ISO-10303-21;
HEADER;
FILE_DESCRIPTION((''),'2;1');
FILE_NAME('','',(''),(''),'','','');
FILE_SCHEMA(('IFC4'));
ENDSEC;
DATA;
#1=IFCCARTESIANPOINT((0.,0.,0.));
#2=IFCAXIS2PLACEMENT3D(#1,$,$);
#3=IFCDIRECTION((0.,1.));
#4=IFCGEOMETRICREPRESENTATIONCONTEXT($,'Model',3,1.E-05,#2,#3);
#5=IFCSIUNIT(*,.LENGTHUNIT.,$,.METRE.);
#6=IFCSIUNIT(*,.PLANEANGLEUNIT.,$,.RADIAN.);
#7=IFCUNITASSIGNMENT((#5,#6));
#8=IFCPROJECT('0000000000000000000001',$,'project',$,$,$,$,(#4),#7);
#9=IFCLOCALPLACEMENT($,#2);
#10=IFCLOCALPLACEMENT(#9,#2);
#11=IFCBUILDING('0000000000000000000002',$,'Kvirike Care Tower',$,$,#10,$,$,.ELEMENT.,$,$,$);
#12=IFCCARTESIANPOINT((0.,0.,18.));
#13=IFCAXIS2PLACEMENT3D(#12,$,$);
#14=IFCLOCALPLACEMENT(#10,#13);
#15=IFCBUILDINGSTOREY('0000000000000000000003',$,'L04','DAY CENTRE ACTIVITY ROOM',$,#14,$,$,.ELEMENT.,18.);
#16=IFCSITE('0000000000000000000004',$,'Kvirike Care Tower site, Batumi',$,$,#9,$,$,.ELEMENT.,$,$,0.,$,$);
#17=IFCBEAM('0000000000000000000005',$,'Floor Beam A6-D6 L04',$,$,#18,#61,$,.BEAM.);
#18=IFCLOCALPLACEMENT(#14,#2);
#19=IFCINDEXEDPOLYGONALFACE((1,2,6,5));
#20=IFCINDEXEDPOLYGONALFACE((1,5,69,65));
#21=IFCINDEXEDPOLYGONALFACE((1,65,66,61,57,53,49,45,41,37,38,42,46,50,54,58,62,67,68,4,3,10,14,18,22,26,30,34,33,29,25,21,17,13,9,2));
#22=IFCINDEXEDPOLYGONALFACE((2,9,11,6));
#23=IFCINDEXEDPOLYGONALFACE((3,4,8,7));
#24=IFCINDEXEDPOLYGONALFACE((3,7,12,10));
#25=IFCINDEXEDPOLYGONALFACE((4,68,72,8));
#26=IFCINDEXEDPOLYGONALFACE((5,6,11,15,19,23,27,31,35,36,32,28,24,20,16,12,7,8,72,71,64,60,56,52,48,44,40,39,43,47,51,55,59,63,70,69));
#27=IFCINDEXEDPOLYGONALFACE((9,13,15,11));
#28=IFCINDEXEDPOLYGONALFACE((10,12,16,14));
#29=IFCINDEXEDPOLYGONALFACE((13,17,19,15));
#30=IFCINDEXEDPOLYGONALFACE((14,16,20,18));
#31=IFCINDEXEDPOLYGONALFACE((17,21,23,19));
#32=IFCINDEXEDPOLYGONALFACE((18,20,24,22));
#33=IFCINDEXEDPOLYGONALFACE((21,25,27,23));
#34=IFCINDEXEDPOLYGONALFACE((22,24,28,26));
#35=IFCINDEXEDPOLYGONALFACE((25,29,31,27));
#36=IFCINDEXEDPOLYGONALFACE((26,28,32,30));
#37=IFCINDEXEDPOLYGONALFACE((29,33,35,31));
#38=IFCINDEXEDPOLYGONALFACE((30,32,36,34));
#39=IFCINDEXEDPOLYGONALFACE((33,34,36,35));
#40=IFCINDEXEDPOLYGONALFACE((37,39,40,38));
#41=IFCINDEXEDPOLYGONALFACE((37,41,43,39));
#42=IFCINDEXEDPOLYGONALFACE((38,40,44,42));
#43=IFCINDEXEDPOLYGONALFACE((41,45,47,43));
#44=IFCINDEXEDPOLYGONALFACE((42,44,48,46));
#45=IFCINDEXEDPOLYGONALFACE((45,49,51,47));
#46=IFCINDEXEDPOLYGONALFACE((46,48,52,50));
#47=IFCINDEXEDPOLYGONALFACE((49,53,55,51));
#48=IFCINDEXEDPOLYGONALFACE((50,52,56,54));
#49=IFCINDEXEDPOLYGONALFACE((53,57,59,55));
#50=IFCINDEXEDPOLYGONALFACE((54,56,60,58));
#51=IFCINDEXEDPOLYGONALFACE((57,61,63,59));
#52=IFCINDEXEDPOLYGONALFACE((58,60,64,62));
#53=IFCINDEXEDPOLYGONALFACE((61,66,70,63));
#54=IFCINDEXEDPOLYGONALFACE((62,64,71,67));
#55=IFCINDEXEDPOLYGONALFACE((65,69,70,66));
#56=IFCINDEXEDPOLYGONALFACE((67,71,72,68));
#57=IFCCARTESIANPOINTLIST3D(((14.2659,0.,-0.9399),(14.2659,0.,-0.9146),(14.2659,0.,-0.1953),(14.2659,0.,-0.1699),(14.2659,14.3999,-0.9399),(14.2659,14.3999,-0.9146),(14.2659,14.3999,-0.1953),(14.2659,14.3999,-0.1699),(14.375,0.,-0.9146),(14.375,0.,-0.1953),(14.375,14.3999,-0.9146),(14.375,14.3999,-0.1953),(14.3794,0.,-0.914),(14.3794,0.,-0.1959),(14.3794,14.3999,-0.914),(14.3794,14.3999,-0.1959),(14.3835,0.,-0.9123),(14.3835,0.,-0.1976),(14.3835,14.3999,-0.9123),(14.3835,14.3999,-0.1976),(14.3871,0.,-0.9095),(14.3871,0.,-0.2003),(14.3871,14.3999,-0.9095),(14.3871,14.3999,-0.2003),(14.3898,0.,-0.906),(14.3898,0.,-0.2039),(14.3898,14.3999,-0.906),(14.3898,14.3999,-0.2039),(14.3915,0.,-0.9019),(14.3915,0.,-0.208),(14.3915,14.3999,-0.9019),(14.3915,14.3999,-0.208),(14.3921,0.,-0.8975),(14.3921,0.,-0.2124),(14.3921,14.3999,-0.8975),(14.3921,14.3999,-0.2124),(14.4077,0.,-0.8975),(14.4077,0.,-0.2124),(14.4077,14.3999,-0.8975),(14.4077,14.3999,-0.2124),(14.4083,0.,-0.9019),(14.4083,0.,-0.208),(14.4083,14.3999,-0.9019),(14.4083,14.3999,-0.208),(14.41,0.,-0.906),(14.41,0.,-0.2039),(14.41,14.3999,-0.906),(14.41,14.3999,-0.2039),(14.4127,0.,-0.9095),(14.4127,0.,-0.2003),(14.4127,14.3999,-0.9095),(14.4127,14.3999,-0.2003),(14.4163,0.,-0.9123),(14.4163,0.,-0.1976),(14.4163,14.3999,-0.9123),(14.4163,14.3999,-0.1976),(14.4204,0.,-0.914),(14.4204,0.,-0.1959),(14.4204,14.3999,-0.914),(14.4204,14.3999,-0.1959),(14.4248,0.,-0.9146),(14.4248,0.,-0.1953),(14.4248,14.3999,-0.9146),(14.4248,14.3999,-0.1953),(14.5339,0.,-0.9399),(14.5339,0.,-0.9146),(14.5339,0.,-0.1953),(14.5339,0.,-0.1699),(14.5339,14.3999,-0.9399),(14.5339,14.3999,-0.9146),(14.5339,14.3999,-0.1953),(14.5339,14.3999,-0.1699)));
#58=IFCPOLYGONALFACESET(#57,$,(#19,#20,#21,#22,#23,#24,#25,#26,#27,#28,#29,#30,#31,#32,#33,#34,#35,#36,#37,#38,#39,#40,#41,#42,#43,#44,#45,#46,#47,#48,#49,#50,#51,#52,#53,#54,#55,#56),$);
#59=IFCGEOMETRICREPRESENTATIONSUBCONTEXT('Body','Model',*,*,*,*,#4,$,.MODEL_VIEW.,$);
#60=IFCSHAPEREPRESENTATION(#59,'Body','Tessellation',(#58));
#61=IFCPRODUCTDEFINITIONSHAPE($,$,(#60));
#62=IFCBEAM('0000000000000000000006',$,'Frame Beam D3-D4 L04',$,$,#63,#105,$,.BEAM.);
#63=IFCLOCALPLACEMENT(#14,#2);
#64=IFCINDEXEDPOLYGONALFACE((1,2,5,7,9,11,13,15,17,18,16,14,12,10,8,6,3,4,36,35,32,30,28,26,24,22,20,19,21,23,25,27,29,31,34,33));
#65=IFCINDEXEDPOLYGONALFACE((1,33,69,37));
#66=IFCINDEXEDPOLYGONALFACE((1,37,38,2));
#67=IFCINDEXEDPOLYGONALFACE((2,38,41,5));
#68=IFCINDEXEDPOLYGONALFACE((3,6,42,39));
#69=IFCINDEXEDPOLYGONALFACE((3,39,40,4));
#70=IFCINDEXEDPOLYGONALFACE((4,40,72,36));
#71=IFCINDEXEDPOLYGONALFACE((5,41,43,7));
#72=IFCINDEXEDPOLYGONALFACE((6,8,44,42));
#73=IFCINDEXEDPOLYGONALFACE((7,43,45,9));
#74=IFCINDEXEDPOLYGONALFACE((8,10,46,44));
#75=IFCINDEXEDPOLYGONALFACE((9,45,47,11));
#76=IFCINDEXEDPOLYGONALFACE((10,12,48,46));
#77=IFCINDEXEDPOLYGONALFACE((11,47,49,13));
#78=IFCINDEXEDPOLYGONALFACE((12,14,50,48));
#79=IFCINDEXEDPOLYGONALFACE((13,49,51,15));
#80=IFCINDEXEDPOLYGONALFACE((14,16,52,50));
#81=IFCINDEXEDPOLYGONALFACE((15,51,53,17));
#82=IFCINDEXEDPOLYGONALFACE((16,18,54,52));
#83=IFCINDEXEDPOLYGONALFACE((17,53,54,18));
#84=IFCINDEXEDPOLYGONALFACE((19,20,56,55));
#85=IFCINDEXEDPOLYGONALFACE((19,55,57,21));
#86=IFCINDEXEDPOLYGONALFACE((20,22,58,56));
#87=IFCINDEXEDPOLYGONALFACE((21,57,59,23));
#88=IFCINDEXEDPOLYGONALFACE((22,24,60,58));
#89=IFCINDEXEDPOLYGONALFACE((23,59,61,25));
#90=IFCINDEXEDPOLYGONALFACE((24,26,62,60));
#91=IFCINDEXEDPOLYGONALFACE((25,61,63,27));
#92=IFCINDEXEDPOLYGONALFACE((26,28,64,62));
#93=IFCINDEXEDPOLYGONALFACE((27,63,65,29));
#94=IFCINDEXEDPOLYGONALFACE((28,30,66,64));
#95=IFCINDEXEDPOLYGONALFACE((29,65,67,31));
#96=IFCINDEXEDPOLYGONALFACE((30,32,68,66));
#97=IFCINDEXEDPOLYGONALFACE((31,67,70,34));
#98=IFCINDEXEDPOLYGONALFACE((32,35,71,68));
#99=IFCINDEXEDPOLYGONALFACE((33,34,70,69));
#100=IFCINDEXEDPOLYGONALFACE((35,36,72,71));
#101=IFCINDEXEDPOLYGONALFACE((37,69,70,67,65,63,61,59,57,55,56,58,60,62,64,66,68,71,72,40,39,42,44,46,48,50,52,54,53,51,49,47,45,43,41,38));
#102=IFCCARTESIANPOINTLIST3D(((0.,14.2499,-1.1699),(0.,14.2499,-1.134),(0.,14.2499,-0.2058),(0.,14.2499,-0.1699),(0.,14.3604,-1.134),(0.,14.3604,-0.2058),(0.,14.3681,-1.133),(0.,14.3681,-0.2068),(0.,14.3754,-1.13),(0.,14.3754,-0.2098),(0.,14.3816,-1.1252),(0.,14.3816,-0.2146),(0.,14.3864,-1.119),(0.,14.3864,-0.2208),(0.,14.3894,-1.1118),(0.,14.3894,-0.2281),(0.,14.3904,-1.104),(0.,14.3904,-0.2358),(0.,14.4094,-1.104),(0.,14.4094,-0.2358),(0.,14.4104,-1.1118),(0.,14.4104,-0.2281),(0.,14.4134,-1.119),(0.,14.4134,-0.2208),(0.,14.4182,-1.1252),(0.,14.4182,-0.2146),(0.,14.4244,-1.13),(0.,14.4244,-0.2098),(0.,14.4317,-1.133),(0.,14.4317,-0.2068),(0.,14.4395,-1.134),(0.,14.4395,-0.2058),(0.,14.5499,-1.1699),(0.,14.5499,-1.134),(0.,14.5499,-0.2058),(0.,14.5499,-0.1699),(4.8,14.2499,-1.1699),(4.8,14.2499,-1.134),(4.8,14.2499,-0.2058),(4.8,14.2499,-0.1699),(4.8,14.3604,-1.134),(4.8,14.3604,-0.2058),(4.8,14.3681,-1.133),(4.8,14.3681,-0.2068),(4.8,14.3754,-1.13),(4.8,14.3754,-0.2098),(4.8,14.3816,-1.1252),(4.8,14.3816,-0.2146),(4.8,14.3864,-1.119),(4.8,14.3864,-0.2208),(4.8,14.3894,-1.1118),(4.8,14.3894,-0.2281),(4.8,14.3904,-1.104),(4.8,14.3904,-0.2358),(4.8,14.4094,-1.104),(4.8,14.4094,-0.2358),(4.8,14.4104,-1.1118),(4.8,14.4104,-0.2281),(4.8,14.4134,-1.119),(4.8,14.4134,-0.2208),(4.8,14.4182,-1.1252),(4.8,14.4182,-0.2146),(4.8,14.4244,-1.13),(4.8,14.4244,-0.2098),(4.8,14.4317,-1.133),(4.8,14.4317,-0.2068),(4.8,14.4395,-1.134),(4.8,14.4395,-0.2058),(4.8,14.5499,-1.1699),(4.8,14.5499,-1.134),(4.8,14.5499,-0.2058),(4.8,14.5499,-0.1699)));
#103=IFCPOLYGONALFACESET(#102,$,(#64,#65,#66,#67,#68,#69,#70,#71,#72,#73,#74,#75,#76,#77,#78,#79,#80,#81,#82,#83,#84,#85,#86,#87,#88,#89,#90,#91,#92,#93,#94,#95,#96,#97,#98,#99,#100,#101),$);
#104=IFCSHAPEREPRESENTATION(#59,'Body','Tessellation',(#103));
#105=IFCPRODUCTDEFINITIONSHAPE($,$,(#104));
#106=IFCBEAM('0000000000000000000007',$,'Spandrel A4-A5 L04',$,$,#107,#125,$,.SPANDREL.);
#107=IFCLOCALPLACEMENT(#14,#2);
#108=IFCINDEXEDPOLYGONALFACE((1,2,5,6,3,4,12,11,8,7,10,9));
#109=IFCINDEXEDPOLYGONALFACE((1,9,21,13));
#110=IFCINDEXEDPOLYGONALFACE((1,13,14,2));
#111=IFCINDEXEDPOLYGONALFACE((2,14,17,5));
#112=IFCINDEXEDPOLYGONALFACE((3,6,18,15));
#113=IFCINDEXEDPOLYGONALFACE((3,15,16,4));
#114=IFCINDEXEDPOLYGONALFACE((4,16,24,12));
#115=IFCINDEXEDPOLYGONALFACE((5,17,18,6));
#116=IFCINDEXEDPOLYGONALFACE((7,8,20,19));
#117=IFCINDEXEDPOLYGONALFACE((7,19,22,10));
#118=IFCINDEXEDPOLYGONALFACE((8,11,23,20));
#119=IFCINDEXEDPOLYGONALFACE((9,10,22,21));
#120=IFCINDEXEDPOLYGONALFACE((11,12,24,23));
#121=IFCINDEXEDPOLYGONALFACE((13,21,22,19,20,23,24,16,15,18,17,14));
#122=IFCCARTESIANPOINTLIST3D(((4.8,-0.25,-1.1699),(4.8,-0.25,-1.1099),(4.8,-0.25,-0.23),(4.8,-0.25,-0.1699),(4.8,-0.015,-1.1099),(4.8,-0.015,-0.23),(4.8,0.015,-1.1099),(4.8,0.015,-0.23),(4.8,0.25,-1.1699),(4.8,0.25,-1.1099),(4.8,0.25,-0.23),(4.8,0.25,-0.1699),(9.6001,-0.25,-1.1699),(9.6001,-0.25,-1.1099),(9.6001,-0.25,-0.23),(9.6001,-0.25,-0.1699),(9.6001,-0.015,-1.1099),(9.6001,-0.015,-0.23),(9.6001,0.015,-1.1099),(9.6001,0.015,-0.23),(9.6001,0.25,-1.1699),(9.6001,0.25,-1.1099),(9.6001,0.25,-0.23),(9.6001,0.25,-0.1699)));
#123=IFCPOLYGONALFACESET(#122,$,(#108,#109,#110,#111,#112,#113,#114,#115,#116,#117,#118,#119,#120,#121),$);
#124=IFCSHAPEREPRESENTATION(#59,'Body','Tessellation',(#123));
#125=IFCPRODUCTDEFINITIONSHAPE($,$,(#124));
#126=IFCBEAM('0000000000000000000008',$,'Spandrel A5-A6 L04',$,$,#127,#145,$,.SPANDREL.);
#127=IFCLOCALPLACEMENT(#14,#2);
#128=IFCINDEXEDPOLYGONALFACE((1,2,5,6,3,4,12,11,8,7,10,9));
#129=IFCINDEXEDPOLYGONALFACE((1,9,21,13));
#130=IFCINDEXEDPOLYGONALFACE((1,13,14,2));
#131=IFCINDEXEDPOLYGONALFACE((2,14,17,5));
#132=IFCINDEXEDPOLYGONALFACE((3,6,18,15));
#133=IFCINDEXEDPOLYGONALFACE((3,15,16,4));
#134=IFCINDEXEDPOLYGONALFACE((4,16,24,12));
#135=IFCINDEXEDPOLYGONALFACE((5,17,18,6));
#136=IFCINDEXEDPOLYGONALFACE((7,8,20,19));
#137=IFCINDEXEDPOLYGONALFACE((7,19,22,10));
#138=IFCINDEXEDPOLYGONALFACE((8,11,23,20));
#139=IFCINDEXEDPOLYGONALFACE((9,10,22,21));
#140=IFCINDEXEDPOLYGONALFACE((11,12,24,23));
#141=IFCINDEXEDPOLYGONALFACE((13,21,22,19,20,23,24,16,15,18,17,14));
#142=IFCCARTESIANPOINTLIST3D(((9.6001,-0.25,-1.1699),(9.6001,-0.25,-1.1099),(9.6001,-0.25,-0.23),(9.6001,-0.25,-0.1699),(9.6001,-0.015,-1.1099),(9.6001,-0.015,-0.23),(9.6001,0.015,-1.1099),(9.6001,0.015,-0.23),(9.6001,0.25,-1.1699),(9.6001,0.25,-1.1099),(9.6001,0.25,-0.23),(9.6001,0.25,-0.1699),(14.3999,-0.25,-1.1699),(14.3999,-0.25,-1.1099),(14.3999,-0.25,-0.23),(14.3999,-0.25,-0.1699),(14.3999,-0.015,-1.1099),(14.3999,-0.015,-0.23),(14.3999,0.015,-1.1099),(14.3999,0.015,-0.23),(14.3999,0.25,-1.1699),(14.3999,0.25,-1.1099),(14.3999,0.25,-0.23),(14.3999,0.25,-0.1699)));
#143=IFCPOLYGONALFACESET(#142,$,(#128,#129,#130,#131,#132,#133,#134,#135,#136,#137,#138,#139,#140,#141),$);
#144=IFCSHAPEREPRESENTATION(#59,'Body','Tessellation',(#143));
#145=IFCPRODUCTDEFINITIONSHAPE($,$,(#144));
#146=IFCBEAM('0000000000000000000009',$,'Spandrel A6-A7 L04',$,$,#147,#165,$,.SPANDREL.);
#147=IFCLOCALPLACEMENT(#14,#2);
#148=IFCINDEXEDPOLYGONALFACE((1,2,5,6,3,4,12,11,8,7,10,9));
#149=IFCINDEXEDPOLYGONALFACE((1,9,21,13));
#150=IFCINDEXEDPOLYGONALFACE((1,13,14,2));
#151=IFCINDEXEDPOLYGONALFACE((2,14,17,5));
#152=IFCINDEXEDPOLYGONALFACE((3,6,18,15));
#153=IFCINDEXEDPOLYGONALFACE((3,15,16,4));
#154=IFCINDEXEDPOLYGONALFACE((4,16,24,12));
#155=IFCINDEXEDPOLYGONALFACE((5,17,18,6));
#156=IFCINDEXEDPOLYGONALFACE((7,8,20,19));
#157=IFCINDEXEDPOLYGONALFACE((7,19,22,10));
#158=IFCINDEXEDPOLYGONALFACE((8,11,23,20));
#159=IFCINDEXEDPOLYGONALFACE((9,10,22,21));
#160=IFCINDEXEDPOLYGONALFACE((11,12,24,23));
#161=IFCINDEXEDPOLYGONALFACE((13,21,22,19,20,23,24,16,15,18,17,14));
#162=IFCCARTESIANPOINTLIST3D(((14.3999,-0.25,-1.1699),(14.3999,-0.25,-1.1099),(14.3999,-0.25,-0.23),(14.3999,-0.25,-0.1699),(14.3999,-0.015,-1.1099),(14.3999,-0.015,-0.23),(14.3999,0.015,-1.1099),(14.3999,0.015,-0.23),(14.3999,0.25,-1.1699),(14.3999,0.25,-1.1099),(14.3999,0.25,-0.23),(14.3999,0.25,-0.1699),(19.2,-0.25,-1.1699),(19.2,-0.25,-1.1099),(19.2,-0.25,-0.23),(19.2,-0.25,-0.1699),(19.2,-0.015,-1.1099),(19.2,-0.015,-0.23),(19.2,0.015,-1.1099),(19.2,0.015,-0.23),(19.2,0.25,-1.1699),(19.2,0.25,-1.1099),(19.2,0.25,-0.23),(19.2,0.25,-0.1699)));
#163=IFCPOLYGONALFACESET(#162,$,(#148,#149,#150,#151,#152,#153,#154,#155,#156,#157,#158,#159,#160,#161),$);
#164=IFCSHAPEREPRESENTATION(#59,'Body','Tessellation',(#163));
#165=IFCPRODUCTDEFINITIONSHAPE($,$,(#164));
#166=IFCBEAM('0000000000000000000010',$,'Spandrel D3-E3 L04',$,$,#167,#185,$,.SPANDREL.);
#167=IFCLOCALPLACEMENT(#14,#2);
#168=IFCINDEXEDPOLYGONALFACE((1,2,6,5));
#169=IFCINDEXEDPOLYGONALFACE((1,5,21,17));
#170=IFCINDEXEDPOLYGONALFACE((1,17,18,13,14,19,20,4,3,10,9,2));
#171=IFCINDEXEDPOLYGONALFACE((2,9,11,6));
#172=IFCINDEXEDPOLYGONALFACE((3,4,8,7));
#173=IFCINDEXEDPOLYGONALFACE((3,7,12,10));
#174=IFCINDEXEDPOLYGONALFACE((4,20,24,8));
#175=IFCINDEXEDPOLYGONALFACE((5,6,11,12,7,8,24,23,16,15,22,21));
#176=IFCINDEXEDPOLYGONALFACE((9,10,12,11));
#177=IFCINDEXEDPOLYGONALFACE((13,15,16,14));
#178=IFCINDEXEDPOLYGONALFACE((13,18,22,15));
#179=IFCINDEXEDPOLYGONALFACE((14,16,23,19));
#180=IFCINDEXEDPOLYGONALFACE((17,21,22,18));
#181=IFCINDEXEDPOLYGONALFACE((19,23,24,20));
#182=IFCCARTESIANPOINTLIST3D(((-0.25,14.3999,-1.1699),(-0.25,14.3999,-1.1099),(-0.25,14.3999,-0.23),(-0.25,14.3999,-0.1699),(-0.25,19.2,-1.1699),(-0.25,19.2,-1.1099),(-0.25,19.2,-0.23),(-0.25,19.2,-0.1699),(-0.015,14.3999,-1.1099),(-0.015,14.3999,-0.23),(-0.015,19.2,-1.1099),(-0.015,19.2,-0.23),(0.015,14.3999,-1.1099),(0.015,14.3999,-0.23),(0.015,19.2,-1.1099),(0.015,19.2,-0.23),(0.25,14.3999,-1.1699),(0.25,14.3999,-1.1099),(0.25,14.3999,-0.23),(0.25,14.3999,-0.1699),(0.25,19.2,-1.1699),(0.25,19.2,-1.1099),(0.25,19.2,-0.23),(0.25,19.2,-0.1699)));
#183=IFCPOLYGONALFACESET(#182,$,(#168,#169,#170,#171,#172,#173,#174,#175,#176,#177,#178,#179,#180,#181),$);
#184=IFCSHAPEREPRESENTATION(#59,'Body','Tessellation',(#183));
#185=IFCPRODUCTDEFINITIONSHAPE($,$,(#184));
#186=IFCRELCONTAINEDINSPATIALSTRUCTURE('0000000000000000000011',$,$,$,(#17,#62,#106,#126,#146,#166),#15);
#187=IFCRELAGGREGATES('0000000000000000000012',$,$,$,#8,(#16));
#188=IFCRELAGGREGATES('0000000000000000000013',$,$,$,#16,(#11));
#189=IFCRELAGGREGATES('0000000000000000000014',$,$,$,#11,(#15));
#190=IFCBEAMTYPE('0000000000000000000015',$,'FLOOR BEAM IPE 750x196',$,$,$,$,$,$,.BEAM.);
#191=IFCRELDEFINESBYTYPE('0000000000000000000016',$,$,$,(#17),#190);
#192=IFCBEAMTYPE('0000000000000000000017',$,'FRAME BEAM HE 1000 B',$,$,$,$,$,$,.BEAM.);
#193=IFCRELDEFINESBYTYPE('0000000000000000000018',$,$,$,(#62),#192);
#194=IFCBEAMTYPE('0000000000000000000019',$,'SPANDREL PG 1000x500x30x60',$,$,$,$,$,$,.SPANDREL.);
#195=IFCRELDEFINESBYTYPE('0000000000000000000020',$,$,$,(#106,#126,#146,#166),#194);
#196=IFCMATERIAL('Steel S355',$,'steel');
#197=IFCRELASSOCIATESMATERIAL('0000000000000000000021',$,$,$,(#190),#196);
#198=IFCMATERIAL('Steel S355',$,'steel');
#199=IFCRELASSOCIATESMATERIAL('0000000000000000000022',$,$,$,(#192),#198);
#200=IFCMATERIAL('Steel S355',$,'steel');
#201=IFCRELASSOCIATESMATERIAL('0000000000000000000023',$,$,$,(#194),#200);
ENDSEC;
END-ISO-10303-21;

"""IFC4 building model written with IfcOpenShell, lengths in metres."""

from ifc_helpers import new_model, si_unit, direction, frame, origin, origin_2d, place, context, subcontext, project, spatial, i_section, extrude, material, material_profile, profile_set, type_object, element, save


model = new_model("IFC4")

# Units and contexts
model_context = context("Model", 3, precision=1e-05, world=origin(), true_north=direction((0.0, 1.0)))
body_context = subcontext(model_context, "Body", "Model", "MODEL_VIEW")
ifc_project = project(units=[si_unit("LENGTHUNIT", "METRE"), si_unit("PLANEANGLEUNIT", "RADIAN")], contexts=[model_context])

# Site, building, storey
site_placement = place(None, origin())
site = spatial("IfcSite", under=ifc_project, at=site_placement, Name="Kvirike Care Tower site, Batumi", CompositionType="ELEMENT", RefElevation=0.0)
building_placement = place(site_placement, origin())
building = spatial("IfcBuilding", under=site, at=building_placement, Name="Kvirike Care Tower", CompositionType="ELEMENT")
storey_placement = place(building_placement, frame((0.0, 0.0, 18.0)))
storey = spatial("IfcBuildingStorey", under=building, at=storey_placement, Name="L04", Description="DAY CENTRE ACTIVITY ROOM", CompositionType="ELEMENT", Elevation=18.0)

# Beams
ifc_material_1 = material(Name="Steel S355", Category="steel")
ifc_material_profile_1 = material_profile(ifc_material_1, i_section(OverallWidth=0.2681, OverallDepth=0.77, WebThickness=0.0156, FlangeThickness=0.0254, FilletRadius=0.0171, at=origin_2d()), Name="IPE 750x196")
ifc_profile_set_1 = profile_set([ifc_material_profile_1], Name="Steel S355")
beam_type_1 = type_object("IfcBeamType", Name="FLOOR BEAM IPE 750x196", PredefinedType="BEAM", material=ifc_profile_set_1)
for number, where, z_axis, x_axis, name in (
    (1, (14.3999, 0.0, -0.5549), (0.0, 1.0, 0.0), (-1.0, 0.0, 0.0), "Floor Beam A6-D6 L04"),
):
    element("IfcBeam", number, at=place(storey_placement, frame(where, z_axis=z_axis, x_axis=x_axis)), inside=storey, type_object=beam_type_1, Name=name, PredefinedType="BEAM", context=body_context, shape_type="SweptSolid", body=[
        extrude(i_section(OverallWidth=0.2681, OverallDepth=0.77, WebThickness=0.0156, FlangeThickness=0.0254, FilletRadius=0.0171, at=origin_2d()), origin(), (0.0, 0.0, 1.0), 14.3999),
    ])
ifc_material_2 = material(Name="Steel S355", Category="steel")
ifc_material_profile_2 = material_profile(ifc_material_2, i_section(OverallWidth=0.3, OverallDepth=1.0, WebThickness=0.019, FlangeThickness=0.0359, FilletRadius=0.03, at=origin_2d()), Name="HE 1000 B")
ifc_profile_set_2 = profile_set([ifc_material_profile_2], Name="Steel S355")
beam_type_2 = type_object("IfcBeamType", Name="FRAME BEAM HE 1000 B", PredefinedType="BEAM", material=ifc_profile_set_2)
beam_1_placement = place(storey_placement, frame((0.0, 14.3999, -0.6699), z_axis=(1.0, 0.0, 0.0), x_axis=(0.0, 1.0, 0.0)))
element("IfcBeam", 2, at=beam_1_placement, inside=storey, type_object=beam_type_2, Name="Frame Beam D3-D4 L04", PredefinedType="BEAM", context=body_context, shape_type="SweptSolid", body=[
    extrude(i_section(OverallWidth=0.3, OverallDepth=1.0, WebThickness=0.019, FlangeThickness=0.0359, FilletRadius=0.03, at=origin_2d()), origin(), (0.0, 0.0, 1.0), 4.8),
])
ifc_material_3 = material(Name="Steel S355", Category="steel")
ifc_material_profile_3 = material_profile(ifc_material_3, i_section(OverallWidth=0.5, OverallDepth=1.0, WebThickness=0.03, FlangeThickness=0.0601, at=origin_2d()), Name="PG 1000x500x30x60")
ifc_profile_set_3 = profile_set([ifc_material_profile_3], Name="Steel S355")
beam_type_3 = type_object("IfcBeamType", Name="SPANDREL PG 1000x500x30x60", PredefinedType="SPANDREL", material=ifc_profile_set_3)
beam_2_placement = place(storey_placement, frame((4.8, 0.0, -0.6699), z_axis=(1.0, 0.0, 0.0), x_axis=(0.0, 1.0, 0.0)))
element("IfcBeam", 3, at=beam_2_placement, inside=storey, type_object=beam_type_3, Name="Spandrel A4-A5 L04", PredefinedType="SPANDREL", context=body_context, shape_type="SweptSolid", body=[
    extrude(i_section(OverallWidth=0.5, OverallDepth=1.0, WebThickness=0.03, FlangeThickness=0.0601, at=origin_2d()), origin(), (0.0, 0.0, 1.0), 4.8),
])
beam_3_placement = place(storey_placement, frame((9.6001, 0.0, -0.6699), z_axis=(1.0, 0.0, 0.0), x_axis=(0.0, 1.0, 0.0)))
element("IfcBeam", 4, at=beam_3_placement, inside=storey, type_object=beam_type_3, Name="Spandrel A5-A6 L04", PredefinedType="SPANDREL", context=body_context, shape_type="SweptSolid", body=[
    extrude(i_section(OverallWidth=0.5, OverallDepth=1.0, WebThickness=0.03, FlangeThickness=0.0601, at=origin_2d()), origin(), (0.0, 0.0, 1.0), 4.7998),
])
for number, where, z_axis, x_axis, name in (
    (5, (14.3999, 0.0, -0.6699), (1.0, 0.0, 0.0), (0.0, 1.0, 0.0), "Spandrel A6-A7 L04"),
    (6, (0.0, 14.3999, -0.6699), (0.0, 1.0, 0.0), (-1.0, 0.0, 0.0), "Spandrel D3-E3 L04"),
):
    element("IfcBeam", number, at=place(storey_placement, frame(where, z_axis=z_axis, x_axis=x_axis)), inside=storey, type_object=beam_type_3, Name=name, PredefinedType="SPANDREL", context=body_context, shape_type="SweptSolid", body=[
        extrude(i_section(OverallWidth=0.5, OverallDepth=1.0, WebThickness=0.03, FlangeThickness=0.0601, at=origin_2d()), origin(), (0.0, 0.0, 1.0), 4.8),
    ])

save(model, "model.ifc")
